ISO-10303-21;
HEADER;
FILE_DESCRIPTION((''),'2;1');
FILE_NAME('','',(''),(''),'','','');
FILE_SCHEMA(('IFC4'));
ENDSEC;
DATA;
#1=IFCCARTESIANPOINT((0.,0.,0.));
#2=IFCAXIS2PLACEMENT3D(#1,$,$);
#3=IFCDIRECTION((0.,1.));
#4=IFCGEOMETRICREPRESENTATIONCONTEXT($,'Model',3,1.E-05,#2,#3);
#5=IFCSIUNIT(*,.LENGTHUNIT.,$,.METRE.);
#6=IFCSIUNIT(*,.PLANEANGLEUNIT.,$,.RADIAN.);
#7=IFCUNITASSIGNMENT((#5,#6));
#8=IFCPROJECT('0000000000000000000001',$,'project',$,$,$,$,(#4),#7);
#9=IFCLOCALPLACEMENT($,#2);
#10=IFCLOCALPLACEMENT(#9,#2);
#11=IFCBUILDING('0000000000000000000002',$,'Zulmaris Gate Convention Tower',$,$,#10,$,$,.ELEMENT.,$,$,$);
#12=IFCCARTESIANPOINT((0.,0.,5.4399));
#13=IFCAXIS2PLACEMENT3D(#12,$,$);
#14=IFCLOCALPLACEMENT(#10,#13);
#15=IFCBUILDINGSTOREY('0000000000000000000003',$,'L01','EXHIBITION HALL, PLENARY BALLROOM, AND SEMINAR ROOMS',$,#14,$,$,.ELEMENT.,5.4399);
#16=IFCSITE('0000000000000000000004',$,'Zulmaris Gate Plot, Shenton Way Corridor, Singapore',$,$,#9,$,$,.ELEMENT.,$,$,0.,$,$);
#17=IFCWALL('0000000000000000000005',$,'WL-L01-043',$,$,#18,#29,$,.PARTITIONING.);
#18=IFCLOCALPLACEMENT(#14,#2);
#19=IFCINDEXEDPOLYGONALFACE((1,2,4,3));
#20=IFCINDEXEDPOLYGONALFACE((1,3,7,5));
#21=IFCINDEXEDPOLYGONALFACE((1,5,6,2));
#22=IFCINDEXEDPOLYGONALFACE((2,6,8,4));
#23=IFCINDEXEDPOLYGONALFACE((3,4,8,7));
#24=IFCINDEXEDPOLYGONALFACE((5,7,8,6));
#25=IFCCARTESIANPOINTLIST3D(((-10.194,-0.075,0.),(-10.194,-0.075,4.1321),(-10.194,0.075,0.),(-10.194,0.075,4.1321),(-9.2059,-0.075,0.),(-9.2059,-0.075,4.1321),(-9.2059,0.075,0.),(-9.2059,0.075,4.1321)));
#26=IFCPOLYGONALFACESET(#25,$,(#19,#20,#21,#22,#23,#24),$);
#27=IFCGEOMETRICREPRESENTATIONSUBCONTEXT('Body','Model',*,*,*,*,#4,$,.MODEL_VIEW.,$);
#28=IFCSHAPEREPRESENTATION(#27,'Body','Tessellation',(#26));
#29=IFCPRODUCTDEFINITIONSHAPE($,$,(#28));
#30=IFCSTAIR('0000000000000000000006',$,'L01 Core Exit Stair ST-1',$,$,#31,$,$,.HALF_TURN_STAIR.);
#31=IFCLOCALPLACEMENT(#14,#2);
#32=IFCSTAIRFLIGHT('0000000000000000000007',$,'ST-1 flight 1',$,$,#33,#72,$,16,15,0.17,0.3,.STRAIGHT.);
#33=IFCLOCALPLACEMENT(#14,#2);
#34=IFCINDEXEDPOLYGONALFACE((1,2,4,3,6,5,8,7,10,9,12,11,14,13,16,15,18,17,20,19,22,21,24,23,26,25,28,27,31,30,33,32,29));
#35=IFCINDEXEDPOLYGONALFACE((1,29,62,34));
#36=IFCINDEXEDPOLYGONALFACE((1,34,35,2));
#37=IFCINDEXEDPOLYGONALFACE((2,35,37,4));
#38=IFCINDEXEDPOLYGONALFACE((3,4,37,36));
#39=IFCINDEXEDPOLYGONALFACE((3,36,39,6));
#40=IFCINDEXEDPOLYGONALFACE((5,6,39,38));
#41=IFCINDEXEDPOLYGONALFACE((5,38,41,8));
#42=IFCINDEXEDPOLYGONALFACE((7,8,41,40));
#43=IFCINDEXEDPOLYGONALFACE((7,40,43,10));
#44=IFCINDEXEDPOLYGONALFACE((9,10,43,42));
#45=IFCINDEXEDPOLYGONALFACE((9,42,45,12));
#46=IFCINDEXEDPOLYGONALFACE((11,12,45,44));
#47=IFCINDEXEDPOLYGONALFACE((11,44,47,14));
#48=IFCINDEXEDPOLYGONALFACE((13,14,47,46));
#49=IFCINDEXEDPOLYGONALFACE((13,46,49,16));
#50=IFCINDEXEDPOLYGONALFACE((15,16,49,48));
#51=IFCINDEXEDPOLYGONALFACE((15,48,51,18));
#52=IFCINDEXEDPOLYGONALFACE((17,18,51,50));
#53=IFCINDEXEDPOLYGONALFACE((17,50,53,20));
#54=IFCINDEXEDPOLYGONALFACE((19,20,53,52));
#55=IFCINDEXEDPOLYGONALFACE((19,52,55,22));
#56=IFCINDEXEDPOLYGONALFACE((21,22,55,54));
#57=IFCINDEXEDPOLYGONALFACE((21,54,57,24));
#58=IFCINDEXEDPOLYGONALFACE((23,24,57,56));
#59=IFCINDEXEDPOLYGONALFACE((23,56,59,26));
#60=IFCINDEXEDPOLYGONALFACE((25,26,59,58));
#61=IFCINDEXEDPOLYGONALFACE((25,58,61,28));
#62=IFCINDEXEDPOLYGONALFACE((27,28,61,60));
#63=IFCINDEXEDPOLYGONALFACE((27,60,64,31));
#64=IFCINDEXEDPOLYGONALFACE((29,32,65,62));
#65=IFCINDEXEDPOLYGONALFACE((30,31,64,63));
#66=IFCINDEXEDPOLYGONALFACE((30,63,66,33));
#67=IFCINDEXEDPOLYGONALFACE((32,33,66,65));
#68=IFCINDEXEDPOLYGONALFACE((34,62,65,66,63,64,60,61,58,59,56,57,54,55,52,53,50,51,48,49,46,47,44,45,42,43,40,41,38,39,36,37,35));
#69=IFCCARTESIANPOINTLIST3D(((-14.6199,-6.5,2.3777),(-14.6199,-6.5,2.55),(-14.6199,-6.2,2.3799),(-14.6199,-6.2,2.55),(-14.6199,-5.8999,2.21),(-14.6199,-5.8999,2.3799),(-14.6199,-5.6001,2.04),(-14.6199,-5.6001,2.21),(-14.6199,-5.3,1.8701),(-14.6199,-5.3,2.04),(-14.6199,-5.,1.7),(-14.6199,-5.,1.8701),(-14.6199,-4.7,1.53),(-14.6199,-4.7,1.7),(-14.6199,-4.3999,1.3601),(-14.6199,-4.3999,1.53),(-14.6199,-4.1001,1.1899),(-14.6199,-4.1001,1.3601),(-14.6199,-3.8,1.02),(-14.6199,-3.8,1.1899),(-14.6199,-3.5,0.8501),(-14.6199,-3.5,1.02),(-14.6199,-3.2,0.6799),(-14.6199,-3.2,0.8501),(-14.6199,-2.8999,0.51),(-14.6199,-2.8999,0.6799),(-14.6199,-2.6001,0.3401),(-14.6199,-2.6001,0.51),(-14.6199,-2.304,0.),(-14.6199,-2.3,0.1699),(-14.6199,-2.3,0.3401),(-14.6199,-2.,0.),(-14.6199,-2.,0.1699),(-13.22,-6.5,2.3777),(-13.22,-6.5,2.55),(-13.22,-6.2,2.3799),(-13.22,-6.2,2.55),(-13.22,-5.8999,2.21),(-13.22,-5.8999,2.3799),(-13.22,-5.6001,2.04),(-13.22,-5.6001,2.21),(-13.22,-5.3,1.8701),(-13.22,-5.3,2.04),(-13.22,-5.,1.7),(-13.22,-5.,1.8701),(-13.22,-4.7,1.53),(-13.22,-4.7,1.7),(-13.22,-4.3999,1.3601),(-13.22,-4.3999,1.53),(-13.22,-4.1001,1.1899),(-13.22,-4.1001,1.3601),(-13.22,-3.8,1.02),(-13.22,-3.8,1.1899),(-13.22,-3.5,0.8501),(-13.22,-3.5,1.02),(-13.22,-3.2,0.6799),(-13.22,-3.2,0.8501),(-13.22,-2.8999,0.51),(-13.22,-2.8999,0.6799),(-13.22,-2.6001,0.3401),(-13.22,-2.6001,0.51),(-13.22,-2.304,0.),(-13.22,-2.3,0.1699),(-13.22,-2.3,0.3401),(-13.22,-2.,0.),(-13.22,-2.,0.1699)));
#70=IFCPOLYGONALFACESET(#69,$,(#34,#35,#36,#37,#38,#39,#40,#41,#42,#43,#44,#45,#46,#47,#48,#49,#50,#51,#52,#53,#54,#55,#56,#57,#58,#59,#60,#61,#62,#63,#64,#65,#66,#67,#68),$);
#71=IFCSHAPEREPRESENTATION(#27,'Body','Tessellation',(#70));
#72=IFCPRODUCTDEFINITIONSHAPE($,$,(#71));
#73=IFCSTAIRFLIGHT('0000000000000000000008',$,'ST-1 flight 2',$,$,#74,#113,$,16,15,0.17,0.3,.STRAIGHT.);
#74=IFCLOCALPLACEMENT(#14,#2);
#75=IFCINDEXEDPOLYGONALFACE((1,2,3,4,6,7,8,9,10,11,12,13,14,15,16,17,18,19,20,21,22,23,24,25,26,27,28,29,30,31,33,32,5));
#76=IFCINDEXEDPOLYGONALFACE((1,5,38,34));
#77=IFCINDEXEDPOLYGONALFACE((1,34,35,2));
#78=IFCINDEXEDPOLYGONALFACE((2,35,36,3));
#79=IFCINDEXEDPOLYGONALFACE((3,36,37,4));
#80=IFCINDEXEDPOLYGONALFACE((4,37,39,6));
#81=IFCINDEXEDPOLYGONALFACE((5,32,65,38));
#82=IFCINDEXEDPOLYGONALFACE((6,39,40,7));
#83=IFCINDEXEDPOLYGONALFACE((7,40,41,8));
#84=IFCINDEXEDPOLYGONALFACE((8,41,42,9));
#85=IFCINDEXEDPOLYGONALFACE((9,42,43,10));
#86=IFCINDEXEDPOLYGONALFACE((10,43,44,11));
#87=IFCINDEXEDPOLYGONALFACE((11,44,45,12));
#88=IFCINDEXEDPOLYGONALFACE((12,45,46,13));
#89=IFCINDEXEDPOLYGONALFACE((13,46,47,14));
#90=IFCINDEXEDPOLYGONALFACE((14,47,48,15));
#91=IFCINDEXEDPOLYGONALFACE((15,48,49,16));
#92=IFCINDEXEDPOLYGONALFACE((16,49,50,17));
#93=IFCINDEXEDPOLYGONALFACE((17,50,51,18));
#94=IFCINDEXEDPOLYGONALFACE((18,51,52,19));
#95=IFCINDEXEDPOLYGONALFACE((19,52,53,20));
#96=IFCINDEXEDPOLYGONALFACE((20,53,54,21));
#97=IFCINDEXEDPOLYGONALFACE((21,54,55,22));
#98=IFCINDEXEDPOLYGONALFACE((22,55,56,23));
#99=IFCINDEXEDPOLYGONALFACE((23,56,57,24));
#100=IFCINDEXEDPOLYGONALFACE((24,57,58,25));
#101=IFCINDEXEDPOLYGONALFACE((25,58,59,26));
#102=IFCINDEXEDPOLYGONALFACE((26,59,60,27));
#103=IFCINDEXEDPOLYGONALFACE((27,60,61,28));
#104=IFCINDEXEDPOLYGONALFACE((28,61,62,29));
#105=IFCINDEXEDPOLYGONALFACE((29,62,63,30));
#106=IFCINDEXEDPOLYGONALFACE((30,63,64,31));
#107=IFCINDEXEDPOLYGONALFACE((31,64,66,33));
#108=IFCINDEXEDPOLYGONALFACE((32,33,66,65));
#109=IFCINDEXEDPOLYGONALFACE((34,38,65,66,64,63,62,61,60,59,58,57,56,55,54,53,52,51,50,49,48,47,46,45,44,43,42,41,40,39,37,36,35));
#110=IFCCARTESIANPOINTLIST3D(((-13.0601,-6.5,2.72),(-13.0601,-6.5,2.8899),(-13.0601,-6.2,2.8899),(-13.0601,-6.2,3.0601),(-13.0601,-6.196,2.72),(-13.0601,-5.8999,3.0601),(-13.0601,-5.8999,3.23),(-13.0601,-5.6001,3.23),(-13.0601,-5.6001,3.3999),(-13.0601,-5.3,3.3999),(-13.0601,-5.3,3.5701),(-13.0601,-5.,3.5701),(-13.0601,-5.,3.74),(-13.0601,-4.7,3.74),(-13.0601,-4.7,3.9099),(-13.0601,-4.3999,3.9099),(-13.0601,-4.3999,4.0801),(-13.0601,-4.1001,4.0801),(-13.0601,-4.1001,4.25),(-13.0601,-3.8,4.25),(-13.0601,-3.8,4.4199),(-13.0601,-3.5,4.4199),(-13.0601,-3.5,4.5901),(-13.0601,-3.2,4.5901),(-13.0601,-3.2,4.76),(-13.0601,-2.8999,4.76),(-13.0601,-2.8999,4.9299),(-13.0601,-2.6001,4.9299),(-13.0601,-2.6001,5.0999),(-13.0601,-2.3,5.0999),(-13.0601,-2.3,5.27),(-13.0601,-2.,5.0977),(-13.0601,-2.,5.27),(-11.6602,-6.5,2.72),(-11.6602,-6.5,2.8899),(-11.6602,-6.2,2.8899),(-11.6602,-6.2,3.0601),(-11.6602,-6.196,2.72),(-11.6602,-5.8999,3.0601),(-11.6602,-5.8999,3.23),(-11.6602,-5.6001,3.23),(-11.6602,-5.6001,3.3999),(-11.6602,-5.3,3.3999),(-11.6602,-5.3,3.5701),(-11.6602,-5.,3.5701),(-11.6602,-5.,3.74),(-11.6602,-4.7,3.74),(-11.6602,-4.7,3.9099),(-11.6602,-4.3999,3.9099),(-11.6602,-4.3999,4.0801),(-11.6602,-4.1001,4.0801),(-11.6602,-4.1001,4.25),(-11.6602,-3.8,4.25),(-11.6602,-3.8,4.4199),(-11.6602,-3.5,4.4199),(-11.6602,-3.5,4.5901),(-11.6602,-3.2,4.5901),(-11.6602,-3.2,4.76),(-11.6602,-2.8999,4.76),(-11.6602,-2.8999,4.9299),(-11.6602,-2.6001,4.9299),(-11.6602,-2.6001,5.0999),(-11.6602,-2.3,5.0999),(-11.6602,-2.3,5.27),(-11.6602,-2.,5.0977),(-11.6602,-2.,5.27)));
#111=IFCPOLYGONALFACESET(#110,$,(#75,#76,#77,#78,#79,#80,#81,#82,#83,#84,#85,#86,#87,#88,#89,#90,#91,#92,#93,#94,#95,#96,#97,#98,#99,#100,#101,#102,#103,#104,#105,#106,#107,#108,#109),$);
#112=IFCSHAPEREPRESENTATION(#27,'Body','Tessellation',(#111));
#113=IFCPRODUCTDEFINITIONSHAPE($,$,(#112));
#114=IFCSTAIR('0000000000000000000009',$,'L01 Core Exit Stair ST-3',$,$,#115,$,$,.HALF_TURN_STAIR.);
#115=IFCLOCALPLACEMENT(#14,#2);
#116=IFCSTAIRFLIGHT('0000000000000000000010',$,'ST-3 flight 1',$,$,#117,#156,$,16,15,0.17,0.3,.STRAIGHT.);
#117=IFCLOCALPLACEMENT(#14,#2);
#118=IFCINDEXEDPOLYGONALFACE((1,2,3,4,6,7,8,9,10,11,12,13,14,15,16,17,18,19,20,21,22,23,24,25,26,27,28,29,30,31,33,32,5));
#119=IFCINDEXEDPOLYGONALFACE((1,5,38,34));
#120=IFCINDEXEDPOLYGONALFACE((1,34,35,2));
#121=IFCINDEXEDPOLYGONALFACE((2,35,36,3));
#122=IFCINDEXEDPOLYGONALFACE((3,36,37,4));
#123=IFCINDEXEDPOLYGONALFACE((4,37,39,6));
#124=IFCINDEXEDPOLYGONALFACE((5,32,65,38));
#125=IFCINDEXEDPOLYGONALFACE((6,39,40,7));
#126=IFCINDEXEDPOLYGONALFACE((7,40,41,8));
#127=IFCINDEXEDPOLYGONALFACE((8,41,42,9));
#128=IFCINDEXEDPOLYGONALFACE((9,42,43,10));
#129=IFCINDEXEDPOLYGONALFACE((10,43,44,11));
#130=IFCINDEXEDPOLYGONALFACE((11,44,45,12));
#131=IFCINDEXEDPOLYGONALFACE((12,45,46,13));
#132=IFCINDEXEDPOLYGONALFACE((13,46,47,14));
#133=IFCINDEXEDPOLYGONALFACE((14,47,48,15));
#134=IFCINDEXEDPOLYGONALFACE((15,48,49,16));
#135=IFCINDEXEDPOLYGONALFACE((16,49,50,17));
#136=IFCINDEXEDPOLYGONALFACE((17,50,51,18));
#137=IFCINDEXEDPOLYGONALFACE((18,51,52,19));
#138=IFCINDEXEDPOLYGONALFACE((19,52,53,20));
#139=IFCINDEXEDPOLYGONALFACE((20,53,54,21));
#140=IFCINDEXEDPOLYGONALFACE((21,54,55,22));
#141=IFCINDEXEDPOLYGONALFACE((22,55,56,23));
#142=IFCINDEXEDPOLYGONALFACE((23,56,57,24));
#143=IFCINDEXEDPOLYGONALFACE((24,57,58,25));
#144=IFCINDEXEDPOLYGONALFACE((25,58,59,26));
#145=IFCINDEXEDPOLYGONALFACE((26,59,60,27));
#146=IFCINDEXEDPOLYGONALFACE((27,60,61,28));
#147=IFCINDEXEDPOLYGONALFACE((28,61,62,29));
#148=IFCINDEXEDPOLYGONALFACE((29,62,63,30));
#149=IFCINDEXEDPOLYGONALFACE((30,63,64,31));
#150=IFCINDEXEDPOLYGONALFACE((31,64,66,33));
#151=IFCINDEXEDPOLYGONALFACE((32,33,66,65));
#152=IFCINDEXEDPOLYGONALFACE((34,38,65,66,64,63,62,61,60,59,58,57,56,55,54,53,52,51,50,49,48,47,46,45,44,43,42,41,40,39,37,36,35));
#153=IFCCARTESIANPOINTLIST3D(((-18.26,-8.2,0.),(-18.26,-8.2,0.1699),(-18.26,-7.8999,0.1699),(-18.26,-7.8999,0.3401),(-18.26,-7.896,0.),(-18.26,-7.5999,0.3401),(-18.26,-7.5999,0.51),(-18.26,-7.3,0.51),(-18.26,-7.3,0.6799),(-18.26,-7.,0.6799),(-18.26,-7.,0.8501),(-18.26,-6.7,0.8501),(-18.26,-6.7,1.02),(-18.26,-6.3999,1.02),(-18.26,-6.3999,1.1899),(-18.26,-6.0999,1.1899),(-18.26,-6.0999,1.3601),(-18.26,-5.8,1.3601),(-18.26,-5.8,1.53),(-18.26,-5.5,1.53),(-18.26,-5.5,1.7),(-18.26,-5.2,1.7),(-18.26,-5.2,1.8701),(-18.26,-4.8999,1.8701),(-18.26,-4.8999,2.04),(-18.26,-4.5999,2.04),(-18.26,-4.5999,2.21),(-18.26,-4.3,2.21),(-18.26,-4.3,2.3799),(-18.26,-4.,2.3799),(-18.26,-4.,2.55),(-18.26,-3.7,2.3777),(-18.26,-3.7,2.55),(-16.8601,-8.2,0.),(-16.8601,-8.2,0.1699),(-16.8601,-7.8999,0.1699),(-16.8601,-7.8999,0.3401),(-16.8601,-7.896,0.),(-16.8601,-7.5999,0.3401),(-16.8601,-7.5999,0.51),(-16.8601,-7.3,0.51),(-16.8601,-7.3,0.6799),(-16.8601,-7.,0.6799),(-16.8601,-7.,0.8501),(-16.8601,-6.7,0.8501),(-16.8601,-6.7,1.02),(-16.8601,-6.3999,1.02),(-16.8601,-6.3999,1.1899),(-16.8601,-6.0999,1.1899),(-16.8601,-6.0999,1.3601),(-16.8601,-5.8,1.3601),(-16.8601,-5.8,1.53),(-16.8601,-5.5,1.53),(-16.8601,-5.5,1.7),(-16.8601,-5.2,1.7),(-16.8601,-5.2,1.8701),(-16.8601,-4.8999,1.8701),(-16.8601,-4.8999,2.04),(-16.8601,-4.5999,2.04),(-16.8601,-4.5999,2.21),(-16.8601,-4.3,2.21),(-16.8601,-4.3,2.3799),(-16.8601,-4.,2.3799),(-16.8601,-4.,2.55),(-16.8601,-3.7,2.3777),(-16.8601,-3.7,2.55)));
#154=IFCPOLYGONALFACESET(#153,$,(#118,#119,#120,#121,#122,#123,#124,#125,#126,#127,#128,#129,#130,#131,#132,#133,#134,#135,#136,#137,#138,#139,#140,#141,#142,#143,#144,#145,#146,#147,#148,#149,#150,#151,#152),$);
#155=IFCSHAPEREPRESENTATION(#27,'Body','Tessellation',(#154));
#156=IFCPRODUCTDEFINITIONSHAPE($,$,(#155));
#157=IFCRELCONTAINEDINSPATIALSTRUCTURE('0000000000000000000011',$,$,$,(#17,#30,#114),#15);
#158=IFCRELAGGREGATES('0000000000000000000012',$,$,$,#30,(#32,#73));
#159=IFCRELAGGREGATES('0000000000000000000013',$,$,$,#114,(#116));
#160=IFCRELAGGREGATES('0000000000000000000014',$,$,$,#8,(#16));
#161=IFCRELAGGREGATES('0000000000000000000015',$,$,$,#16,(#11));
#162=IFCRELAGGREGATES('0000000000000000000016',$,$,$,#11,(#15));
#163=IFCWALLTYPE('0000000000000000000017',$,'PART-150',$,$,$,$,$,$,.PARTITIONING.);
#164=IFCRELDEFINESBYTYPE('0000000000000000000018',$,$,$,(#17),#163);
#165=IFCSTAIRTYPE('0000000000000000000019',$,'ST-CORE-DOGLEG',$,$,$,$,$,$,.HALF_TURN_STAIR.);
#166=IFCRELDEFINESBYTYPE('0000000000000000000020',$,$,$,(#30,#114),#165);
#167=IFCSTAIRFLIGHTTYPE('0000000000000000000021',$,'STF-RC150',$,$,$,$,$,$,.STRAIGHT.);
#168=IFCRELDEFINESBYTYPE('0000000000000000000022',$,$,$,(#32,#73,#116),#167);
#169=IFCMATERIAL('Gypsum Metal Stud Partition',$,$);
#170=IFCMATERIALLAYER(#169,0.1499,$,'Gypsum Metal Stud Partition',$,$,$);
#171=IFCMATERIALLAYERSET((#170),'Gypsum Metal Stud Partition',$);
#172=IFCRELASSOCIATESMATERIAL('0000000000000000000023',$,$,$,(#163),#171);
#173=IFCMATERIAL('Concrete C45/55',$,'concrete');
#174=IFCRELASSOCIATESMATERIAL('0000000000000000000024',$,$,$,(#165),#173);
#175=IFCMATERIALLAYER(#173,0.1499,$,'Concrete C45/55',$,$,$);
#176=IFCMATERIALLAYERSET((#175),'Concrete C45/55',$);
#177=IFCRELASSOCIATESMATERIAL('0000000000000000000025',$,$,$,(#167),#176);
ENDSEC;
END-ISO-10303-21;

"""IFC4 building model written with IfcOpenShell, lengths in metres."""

from ifc_helpers import new_model, si_unit, direction, frame, frame_2d, origin, place, context, subcontext, project, spatial, polyline, rectangle, outline, extrude, material, layer, layer_set, type_object, element, aggregate, save


model = new_model("IFC4")

# Units and contexts
model_context = context("Model", 3, precision=1e-05, world=origin(), true_north=direction((0.0, 1.0)))
body_context = subcontext(model_context, "Body", "Model", "MODEL_VIEW")
ifc_project = project(units=[si_unit("LENGTHUNIT", "METRE"), si_unit("PLANEANGLEUNIT", "RADIAN")], contexts=[model_context])

# Site, building, storey
site_placement = place(None, origin())
site = spatial("IfcSite", under=ifc_project, at=site_placement, Name="Zulmaris Gate Plot, Shenton Way Corridor, Singapore", CompositionType="ELEMENT", RefElevation=0.0)
building_placement = place(site_placement, origin())
building = spatial("IfcBuilding", under=site, at=building_placement, Name="Zulmaris Gate Convention Tower", CompositionType="ELEMENT")
storey_placement = place(building_placement, frame((0.0, 0.0, 5.4399)))
storey = spatial("IfcBuildingStorey", under=building, at=storey_placement, Name="L01", Description="EXHIBITION HALL, PLENARY BALLROOM, AND SEMINAR ROOMS", CompositionType="ELEMENT", Elevation=5.4399)

# Wall
ifc_material_1 = material(Name="Gypsum Metal Stud Partition")
ifc_layer_1 = layer(ifc_material_1, 0.1499, Name="Gypsum Metal Stud Partition")
ifc_layer_set_1 = layer_set([ifc_layer_1], Name="Gypsum Metal Stud Partition")
wall_type_1 = type_object("IfcWallType", Name="PART-150", PredefinedType="PARTITIONING", material=ifc_layer_set_1)
wall_1_placement = place(storey_placement, frame((-10.1941, 0.0, 0.0), z_axis=(0.0, 0.0, 1.0), x_axis=(1.0, 0.0, 0.0)))
element("IfcWall", 1, at=wall_1_placement, inside=storey, type_object=wall_type_1, Name="WL-L01-043", PredefinedType="PARTITIONING", context=body_context, shape_type="SweptSolid", body=[
    extrude(rectangle(XDim=0.988, YDim=0.1499, at=frame_2d((0.4941, 0.0))), origin(), (0.0, 0.0, 1.0), 4.1321),
])

# Stairs, stair flights
ifc_material_2 = material(Name="Concrete C45/55", Category="concrete")
stair_type = type_object("IfcStairType", Name="ST-CORE-DOGLEG", PredefinedType="HALF_TURN_STAIR", material=ifc_material_2)
stair_1_placement = place(storey_placement, origin())
stair_1 = element("IfcStair", 2, at=stair_1_placement, inside=storey, type_object=stair_type, Name="L01 Core Exit Stair ST-1", PredefinedType="HALF_TURN_STAIR")
ifc_layer_2 = layer(ifc_material_2, 0.1499, Name="Concrete C45/55")
ifc_layer_set_2 = layer_set([ifc_layer_2], Name="Concrete C45/55")
stair_flight_type = type_object("IfcStairFlightType", Name="STF-RC150", PredefinedType="STRAIGHT", material=ifc_layer_set_2)
stair_flight_1_placement = place(storey_placement, frame((-13.9199, -2.0, 0.0), z_axis=(0.0, 0.0, 1.0), x_axis=(0.0, -1.0, 0.0)))
stair_flight_1 = element("IfcStairFlight", 3, at=stair_flight_1_placement, type_object=stair_flight_type, Name="ST-1 flight 1", NumberOfRisers=16, NumberOfTreads=15, PredefinedType="STRAIGHT", RiserHeight=0.17, TreadLength=0.3, context=body_context, shape_type="SweptSolid", body=[
    extrude(outline(polyline([(0.0, 0.0), (0.0, 0.1699), (0.3, 0.1699), (0.3, 0.3401), (0.6001, 0.3401), (0.6001, 0.51), (0.8999, 0.51), (0.8999, 0.6799), (1.2, 0.6799), (1.2, 0.8501), (1.5, 0.8501), (1.5, 1.02), (1.8, 1.02), (1.8, 1.1899), (2.1001, 1.1899), (2.1001, 1.3601), (2.3999, 1.3601), (2.3999, 1.53), (2.7, 1.53), (2.7, 1.7), (3.0, 1.7), (3.0, 1.8701), (3.3, 1.8701), (3.3, 2.04), (3.6001, 2.04), (3.6001, 2.21), (3.8999, 2.21), (3.8999, 2.3799), (4.2, 2.3799), (4.2, 2.55), (4.5, 2.55), (4.5, 2.72), (4.5, 2.3777), (0.304, 0.0), (0.0, 0.0)])), frame((0.0, 0.7, 0.0), z_axis=(0.0, -1.0, 0.0), x_axis=(1.0, 0.0, 0.0)), (0.0, 0.0, 1.0), 1.3999),
])
stair_flight_2_placement = place(storey_placement, frame((-12.3601, -6.5, 2.72), z_axis=(0.0, 0.0, 1.0), x_axis=(0.0, 1.0, 0.0)))
stair_flight_2 = element("IfcStairFlight", 4, at=stair_flight_2_placement, type_object=stair_flight_type, Name="ST-1 flight 2", NumberOfRisers=16, NumberOfTreads=15, PredefinedType="STRAIGHT", RiserHeight=0.17, TreadLength=0.3, context=body_context, shape_type="SweptSolid", body=[
    extrude(outline(polyline([(0.0, 0.0), (0.0, 0.1699), (0.3, 0.1699), (0.3, 0.3401), (0.6001, 0.3401), (0.6001, 0.51), (0.8999, 0.51), (0.8999, 0.6799), (1.2, 0.6799), (1.2, 0.8501), (1.5, 0.8501), (1.5, 1.02), (1.8, 1.02), (1.8, 1.1899), (2.1001, 1.1899), (2.1001, 1.3601), (2.3999, 1.3601), (2.3999, 1.53), (2.7, 1.53), (2.7, 1.7), (3.0, 1.7), (3.0, 1.8701), (3.3, 1.8701), (3.3, 2.04), (3.6001, 2.04), (3.6001, 2.21), (3.8999, 2.21), (3.8999, 2.3799), (4.2, 2.3799), (4.2, 2.55), (4.5, 2.55), (4.5, 2.72), (4.5, 2.3777), (0.304, 0.0), (0.0, 0.0)])), frame((0.0, 0.7, 0.0), z_axis=(0.0, -1.0, 0.0), x_axis=(1.0, 0.0, 0.0)), (0.0, 0.0, 1.0), 1.3999),
])
aggregate(stair_1, [stair_flight_1, stair_flight_2])
stair_2_placement = place(storey_placement, origin())
stair_2 = element("IfcStair", 5, at=stair_2_placement, inside=storey, type_object=stair_type, Name="L01 Core Exit Stair ST-3", PredefinedType="HALF_TURN_STAIR")
stair_flight_3_placement = place(storey_placement, frame((-17.5601, -8.2, 0.0), z_axis=(0.0, 0.0, 1.0), x_axis=(0.0, 1.0, 0.0)))
stair_flight_3 = element("IfcStairFlight", 6, at=stair_flight_3_placement, type_object=stair_flight_type, Name="ST-3 flight 1", NumberOfRisers=16, NumberOfTreads=15, PredefinedType="STRAIGHT", RiserHeight=0.17, TreadLength=0.3, context=body_context, shape_type="SweptSolid", body=[
    extrude(outline(polyline([(0.0, 0.0), (0.0, 0.1699), (0.3, 0.1699), (0.3, 0.3401), (0.6001, 0.3401), (0.6001, 0.51), (0.8999, 0.51), (0.8999, 0.6799), (1.2, 0.6799), (1.2, 0.8501), (1.5, 0.8501), (1.5, 1.02), (1.8, 1.02), (1.8, 1.1899), (2.1001, 1.1899), (2.1001, 1.3601), (2.3999, 1.3601), (2.3999, 1.53), (2.7, 1.53), (2.7, 1.7), (3.0, 1.7), (3.0, 1.8701), (3.3, 1.8701), (3.3, 2.04), (3.6001, 2.04), (3.6001, 2.21), (3.8999, 2.21), (3.8999, 2.3799), (4.2, 2.3799), (4.2, 2.55), (4.5, 2.55), (4.5, 2.72), (4.5, 2.3777), (0.304, 0.0), (0.0, 0.0)])), frame((0.0, 0.7, 0.0), z_axis=(0.0, -1.0, 0.0), x_axis=(1.0, 0.0, 0.0)), (0.0, 0.0, 1.0), 1.3999),
])
aggregate(stair_2, [stair_flight_3])

save(model, "model.ifc")
